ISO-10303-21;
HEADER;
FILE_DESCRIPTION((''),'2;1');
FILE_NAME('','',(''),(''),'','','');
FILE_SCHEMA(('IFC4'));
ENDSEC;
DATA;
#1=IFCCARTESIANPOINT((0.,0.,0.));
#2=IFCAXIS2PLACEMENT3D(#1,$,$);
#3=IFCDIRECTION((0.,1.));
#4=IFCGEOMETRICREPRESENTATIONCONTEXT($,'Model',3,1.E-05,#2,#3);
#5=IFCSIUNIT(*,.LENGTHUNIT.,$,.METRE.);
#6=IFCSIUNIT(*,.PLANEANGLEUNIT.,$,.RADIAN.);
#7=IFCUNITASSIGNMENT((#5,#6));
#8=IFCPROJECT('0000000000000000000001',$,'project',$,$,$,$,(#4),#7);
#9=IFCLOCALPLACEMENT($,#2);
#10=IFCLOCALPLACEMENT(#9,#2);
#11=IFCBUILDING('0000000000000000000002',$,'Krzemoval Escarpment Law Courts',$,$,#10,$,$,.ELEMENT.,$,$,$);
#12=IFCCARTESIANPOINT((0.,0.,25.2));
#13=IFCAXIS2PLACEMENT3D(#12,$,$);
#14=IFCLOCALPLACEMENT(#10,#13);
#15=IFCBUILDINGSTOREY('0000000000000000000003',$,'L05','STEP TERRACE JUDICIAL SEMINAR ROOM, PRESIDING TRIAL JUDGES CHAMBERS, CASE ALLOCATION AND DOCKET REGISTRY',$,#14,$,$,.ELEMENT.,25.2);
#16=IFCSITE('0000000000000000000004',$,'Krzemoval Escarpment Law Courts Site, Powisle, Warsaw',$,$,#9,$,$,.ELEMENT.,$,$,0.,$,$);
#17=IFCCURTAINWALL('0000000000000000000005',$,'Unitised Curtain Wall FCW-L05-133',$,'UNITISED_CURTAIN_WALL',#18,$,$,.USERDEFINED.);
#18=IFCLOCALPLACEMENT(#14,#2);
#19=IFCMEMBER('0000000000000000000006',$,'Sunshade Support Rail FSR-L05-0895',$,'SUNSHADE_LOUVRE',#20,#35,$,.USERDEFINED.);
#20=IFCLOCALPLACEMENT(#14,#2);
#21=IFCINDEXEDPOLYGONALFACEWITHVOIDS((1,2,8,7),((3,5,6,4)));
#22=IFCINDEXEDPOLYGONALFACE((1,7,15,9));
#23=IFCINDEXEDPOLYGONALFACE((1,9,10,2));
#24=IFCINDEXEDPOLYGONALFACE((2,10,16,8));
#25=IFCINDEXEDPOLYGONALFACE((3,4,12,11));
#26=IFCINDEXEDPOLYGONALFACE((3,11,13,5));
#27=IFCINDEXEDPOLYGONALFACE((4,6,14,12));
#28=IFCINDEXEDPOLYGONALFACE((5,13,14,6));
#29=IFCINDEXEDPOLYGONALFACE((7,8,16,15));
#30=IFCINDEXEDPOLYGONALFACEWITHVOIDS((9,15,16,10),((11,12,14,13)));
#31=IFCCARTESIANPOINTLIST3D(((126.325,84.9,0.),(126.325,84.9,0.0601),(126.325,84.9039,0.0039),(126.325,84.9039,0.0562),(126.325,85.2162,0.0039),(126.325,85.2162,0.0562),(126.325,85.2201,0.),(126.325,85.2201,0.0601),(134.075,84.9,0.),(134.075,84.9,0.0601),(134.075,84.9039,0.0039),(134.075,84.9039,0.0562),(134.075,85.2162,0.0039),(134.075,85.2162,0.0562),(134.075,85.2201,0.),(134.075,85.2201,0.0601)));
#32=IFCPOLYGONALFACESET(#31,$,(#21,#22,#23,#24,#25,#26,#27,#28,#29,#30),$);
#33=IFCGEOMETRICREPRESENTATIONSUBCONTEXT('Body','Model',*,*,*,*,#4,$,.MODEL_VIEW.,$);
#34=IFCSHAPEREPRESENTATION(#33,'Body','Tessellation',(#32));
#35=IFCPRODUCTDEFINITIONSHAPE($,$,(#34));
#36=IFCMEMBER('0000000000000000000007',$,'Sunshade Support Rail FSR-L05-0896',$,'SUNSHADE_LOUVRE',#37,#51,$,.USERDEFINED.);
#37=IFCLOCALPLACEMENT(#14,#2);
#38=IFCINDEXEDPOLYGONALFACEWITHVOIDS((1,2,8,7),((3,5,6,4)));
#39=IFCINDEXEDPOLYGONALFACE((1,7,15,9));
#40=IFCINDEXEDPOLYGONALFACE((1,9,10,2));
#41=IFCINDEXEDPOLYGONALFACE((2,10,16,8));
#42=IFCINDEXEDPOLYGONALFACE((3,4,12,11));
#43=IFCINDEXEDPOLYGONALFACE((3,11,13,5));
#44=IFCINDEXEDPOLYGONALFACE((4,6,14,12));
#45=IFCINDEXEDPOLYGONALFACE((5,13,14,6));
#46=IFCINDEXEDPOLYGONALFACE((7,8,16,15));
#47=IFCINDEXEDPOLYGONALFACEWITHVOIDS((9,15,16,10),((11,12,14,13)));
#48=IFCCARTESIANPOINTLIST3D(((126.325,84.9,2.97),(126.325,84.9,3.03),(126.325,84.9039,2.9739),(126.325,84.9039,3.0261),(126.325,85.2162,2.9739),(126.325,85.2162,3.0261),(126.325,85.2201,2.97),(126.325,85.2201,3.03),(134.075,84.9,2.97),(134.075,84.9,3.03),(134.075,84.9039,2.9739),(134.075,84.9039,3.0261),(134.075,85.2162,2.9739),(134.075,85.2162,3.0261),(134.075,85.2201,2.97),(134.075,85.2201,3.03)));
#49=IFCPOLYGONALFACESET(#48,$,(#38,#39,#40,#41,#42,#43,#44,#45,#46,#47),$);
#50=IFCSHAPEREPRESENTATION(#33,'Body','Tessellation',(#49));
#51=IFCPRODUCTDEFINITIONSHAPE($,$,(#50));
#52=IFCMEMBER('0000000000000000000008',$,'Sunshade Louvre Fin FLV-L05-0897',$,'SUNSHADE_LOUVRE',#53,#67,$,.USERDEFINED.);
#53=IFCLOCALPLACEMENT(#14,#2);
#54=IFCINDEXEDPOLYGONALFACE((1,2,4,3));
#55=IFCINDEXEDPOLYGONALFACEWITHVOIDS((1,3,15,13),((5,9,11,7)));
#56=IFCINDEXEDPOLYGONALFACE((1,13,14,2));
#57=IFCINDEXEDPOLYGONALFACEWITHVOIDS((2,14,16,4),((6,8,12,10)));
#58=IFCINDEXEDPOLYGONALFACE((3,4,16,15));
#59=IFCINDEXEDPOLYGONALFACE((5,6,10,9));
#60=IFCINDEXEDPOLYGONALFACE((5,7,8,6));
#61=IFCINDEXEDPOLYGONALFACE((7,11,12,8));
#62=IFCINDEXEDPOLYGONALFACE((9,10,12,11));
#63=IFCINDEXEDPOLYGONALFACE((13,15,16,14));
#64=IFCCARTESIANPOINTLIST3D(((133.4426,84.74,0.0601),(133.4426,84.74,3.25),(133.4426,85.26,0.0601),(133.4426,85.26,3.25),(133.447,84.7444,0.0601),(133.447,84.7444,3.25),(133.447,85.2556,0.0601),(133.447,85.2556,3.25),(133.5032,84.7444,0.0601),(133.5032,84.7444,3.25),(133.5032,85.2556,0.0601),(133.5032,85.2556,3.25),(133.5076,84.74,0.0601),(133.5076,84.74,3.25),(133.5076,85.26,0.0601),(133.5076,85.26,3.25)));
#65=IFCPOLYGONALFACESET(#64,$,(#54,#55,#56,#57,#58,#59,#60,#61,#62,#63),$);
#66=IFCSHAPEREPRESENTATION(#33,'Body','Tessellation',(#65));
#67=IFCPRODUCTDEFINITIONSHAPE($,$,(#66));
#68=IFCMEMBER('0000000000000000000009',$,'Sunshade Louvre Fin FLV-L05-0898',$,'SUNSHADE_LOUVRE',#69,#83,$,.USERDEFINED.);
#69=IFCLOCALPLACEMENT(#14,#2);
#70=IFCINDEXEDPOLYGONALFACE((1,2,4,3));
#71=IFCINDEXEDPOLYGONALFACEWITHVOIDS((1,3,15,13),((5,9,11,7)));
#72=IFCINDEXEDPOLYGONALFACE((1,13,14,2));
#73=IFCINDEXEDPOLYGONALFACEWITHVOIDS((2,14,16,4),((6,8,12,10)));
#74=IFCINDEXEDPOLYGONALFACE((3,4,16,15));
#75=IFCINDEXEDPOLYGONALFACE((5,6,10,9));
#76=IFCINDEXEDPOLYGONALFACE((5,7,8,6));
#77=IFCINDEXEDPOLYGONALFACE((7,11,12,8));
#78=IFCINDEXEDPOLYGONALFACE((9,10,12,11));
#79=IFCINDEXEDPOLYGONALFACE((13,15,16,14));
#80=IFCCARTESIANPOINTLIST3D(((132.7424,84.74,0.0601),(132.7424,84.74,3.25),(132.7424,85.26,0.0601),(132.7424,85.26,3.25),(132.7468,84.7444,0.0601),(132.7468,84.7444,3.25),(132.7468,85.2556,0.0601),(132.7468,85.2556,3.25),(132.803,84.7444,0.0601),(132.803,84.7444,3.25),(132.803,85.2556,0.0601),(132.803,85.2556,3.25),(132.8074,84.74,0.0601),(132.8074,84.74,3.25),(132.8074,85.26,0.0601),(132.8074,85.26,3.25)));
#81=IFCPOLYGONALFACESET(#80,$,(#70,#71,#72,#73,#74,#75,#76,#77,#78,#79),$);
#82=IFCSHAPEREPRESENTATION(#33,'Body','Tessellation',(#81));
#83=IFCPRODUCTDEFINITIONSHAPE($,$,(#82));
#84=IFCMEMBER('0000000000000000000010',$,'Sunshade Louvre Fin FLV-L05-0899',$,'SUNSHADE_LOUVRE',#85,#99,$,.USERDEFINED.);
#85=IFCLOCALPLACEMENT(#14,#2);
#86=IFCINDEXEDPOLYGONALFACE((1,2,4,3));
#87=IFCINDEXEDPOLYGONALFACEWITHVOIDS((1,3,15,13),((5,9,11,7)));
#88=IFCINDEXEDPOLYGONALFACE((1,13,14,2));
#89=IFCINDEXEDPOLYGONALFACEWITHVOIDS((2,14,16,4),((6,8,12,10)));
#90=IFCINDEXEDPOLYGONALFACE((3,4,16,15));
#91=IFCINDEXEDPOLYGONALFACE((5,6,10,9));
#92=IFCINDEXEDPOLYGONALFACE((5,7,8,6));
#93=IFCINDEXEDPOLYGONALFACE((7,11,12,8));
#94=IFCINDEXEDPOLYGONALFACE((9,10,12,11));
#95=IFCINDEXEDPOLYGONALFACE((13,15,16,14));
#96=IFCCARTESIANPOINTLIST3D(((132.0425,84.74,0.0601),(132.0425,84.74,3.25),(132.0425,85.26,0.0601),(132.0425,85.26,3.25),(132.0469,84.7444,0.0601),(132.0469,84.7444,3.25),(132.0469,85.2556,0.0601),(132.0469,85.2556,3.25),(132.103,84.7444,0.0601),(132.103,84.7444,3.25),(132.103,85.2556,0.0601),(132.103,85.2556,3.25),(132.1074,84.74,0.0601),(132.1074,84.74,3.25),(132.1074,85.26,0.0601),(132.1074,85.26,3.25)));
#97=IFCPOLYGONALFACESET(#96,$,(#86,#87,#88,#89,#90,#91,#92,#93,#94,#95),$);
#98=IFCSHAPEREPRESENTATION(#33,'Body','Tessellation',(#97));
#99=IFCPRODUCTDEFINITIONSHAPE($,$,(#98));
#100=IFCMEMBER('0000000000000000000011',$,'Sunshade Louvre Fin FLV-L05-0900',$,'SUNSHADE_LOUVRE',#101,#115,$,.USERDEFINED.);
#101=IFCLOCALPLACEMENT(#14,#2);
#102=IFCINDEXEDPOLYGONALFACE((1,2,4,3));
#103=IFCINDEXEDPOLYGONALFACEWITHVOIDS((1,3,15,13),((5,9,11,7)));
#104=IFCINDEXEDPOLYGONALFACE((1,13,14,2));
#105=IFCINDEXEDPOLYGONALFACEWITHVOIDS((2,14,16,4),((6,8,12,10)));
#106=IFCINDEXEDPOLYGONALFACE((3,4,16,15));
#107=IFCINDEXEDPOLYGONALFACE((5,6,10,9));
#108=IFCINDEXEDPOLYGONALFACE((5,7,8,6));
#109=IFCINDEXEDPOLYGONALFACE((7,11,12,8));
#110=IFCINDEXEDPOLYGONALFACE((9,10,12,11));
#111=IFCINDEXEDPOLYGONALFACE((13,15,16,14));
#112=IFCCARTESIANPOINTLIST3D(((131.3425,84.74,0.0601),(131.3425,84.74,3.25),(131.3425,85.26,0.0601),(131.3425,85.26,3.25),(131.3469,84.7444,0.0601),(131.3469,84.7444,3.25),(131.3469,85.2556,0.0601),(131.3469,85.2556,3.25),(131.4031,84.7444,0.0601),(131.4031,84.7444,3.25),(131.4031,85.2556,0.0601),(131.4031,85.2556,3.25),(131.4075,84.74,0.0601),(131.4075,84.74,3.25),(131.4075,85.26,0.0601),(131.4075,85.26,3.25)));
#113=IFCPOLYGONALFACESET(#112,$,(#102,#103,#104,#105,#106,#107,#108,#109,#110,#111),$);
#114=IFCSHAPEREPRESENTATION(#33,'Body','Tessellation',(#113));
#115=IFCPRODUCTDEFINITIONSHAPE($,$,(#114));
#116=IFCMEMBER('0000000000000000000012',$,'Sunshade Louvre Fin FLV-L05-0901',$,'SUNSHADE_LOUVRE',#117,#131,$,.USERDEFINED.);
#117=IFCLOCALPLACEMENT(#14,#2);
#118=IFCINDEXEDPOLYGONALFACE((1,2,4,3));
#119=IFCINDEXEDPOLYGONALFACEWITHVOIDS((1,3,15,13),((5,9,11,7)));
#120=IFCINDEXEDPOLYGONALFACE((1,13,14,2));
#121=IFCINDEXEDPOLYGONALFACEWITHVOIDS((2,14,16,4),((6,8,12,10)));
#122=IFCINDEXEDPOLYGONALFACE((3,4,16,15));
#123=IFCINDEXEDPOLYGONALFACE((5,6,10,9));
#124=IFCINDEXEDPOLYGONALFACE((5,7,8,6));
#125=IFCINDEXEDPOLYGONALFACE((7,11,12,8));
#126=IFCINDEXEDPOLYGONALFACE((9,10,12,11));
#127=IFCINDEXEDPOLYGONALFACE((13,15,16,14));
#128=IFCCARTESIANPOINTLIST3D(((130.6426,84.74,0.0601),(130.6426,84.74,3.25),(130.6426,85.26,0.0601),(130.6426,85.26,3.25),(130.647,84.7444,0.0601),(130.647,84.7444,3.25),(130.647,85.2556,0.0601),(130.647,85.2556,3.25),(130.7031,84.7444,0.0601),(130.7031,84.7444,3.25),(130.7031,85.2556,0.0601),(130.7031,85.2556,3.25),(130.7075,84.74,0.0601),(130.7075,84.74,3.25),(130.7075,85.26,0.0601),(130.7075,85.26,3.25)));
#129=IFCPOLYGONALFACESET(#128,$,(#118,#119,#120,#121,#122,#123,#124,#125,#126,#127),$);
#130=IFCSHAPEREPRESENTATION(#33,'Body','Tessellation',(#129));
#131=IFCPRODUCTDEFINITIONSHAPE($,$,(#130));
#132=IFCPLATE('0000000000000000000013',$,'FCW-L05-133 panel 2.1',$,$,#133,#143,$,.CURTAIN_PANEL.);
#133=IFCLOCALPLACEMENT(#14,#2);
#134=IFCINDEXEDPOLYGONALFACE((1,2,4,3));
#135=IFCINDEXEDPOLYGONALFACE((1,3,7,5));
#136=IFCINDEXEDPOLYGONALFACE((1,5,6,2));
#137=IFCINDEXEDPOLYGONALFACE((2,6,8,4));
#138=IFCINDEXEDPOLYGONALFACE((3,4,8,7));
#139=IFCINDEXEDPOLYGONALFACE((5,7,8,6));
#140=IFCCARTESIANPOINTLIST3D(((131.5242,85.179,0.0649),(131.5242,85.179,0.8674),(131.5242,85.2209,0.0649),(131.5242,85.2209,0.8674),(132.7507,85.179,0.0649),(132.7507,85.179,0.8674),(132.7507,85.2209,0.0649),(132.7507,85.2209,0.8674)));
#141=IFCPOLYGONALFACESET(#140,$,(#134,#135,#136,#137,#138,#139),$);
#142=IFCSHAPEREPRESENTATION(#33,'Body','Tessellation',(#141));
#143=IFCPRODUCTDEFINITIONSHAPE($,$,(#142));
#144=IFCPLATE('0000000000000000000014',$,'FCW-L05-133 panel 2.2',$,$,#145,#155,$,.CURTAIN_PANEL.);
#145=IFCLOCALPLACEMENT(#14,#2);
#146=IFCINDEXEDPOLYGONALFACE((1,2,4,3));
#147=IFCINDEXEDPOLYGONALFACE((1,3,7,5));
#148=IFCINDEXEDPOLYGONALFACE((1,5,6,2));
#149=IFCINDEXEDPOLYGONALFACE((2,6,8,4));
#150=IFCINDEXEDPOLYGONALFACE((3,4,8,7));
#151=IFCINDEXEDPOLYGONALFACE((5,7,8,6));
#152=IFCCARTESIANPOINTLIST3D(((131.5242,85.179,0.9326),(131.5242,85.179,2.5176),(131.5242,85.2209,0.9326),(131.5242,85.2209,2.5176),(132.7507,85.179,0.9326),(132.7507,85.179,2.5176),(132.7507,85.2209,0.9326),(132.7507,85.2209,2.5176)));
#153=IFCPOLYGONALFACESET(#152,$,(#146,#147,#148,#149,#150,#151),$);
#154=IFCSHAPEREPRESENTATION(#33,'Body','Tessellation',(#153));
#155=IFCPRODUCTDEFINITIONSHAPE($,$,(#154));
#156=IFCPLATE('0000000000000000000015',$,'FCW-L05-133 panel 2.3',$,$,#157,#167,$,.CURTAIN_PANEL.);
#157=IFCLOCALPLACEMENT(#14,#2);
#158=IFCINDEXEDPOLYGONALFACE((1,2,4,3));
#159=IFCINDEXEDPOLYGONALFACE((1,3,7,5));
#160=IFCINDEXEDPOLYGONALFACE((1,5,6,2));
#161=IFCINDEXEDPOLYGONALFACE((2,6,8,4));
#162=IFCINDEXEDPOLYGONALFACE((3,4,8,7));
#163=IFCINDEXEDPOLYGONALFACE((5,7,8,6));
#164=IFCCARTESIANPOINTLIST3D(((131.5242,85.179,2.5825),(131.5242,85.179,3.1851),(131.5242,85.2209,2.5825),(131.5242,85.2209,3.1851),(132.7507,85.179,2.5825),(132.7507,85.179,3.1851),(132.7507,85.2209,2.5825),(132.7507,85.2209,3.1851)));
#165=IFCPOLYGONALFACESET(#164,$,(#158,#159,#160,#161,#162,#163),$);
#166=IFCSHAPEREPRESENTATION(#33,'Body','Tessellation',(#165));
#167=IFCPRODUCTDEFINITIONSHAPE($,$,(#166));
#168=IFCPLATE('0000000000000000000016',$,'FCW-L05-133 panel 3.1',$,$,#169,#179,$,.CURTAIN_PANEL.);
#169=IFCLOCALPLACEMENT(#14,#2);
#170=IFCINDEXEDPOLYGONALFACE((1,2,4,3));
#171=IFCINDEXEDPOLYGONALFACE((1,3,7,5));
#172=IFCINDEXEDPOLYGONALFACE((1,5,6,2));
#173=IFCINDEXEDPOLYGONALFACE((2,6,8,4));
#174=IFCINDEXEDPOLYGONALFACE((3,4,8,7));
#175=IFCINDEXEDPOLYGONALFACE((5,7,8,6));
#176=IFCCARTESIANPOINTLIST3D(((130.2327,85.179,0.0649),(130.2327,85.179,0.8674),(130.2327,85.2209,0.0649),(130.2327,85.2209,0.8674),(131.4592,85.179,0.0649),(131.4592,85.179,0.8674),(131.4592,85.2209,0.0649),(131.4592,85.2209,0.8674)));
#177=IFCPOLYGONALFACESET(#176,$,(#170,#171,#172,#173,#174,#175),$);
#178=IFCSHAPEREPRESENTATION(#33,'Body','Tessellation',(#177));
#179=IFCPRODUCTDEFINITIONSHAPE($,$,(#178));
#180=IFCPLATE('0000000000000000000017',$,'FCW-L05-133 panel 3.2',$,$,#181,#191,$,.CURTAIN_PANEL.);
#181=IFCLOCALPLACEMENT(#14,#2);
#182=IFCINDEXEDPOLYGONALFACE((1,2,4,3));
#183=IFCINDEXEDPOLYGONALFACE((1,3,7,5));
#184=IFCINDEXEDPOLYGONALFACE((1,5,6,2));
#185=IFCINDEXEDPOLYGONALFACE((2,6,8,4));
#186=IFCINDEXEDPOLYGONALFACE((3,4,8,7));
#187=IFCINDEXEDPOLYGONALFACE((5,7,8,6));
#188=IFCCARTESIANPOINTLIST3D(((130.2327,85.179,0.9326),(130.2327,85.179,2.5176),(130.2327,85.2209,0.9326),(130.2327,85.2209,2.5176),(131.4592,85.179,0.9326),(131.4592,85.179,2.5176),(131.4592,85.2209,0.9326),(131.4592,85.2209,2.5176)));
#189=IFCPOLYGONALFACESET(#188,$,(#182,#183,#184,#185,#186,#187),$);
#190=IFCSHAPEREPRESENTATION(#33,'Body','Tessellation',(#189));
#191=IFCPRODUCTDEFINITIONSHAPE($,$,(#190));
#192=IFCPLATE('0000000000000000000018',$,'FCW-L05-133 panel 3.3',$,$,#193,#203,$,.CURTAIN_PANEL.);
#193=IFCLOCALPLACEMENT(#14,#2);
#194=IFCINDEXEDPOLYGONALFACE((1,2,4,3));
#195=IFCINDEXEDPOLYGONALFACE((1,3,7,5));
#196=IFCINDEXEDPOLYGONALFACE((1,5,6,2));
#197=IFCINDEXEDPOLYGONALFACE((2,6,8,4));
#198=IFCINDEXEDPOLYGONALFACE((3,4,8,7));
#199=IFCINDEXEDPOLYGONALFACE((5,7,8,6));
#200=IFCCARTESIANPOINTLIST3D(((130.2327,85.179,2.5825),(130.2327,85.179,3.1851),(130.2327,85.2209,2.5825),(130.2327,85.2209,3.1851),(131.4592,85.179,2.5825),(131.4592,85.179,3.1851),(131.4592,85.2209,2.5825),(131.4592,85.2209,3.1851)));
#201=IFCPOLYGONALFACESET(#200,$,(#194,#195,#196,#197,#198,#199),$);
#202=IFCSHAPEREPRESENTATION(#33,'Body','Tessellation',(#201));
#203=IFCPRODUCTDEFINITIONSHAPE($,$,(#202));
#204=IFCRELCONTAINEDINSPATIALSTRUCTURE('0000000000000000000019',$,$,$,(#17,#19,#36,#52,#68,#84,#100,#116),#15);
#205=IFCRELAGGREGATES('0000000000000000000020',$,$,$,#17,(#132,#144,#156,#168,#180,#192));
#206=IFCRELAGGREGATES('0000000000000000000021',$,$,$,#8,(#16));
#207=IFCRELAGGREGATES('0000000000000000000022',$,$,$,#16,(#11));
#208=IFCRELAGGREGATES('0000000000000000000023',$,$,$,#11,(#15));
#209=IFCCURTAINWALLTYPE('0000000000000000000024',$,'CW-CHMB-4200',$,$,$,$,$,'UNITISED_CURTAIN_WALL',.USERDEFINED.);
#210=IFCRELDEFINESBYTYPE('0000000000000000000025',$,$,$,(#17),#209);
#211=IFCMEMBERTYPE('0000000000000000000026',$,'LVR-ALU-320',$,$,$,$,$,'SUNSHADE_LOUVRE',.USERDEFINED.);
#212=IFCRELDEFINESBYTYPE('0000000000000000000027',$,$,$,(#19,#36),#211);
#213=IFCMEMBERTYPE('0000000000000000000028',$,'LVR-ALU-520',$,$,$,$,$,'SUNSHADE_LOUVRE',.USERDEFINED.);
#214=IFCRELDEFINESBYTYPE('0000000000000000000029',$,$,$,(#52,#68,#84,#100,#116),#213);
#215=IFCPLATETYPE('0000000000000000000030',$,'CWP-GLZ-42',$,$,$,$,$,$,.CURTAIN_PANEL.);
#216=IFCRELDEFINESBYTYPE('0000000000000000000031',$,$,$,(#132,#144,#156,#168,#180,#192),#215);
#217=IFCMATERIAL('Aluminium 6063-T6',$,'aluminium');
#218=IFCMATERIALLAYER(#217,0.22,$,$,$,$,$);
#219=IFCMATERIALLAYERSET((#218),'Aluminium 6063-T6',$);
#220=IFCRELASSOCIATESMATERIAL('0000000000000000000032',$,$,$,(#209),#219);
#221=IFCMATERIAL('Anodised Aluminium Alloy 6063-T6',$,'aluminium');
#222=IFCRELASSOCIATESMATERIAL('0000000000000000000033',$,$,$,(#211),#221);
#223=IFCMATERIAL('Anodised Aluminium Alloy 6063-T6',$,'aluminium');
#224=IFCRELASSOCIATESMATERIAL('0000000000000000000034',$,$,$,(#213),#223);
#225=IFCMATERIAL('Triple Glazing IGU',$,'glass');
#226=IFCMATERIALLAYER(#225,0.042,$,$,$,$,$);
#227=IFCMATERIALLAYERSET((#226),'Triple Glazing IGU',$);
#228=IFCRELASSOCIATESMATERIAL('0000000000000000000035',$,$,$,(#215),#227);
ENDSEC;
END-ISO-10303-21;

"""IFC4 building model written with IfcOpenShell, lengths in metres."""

from ifc_helpers import new_model, si_unit, direction, frame, origin, origin_2d, place, context, subcontext, project, spatial, rectangle, hollow_rectangle, extrude, material, layer, layer_set, material_profile, profile_set, type_object, element, aggregate, save


model = new_model("IFC4")

# Units and contexts
model_context = context("Model", 3, precision=1e-05, world=origin(), true_north=direction((0.0, 1.0)))
body_context = subcontext(model_context, "Body", "Model", "MODEL_VIEW")
ifc_project = project(units=[si_unit("LENGTHUNIT", "METRE"), si_unit("PLANEANGLEUNIT", "RADIAN")], contexts=[model_context])

# Site, building, storey
site_placement = place(None, origin())
site = spatial("IfcSite", under=ifc_project, at=site_placement, Name="Krzemoval Escarpment Law Courts Site, Powisle, Warsaw", CompositionType="ELEMENT", RefElevation=0.0)
building_placement = place(site_placement, origin())
building = spatial("IfcBuilding", under=site, at=building_placement, Name="Krzemoval Escarpment Law Courts", CompositionType="ELEMENT")
storey_placement = place(building_placement, frame((0.0, 0.0, 25.2)))
storey = spatial("IfcBuildingStorey", under=building, at=storey_placement, Name="L05", Description="STEP TERRACE JUDICIAL SEMINAR ROOM, PRESIDING TRIAL JUDGES CHAMBERS, CASE ALLOCATION AND DOCKET REGISTRY", CompositionType="ELEMENT", Elevation=25.2)

# Curtain wall
ifc_material_1 = material(Name="Aluminium 6063-T6", Category="aluminium")
ifc_layer_1 = layer(ifc_material_1, 0.22)
ifc_layer_set_1 = layer_set([ifc_layer_1], Name="Aluminium 6063-T6")
curtain_wall_type = type_object("IfcCurtainWallType", Name="CW-CHMB-4200", ElementType="UNITISED_CURTAIN_WALL", PredefinedType="USERDEFINED", material=ifc_layer_set_1)
curtain_wall_placement = place(storey_placement, origin())
curtain_wall = element("IfcCurtainWall", 1, at=curtain_wall_placement, inside=storey, type_object=curtain_wall_type, Name="Unitised Curtain Wall FCW-L05-133", ObjectType="UNITISED_CURTAIN_WALL", PredefinedType="USERDEFINED")

# Members
ifc_material_2 = material(Name="Anodised Aluminium Alloy 6063-T6", Category="aluminium")
ifc_material_profile_1 = material_profile(ifc_material_2, hollow_rectangle(XDim=0.0601, YDim=0.3201, WallThickness=0.0039, at=origin_2d()), Name="ALU LVR 60x320")
ifc_profile_set_1 = profile_set([ifc_material_profile_1], Name="Anodised Aluminium Alloy 6063-T6")
member_type_1 = type_object("IfcMemberType", Name="LVR-ALU-320", ElementType="SUNSHADE_LOUVRE", PredefinedType="USERDEFINED", material=ifc_profile_set_1)
for number, where, z_axis, x_axis, name in (
    (2, (134.075, 85.0601, 0.03), (-1.0, 0.0, 0.0), (0.0, 0.0, 1.0), "Sunshade Support Rail FSR-L05-0895"),
    (3, (134.075, 85.0601, 3.0), (-1.0, 0.0, 0.0), (0.0, 0.0, 1.0), "Sunshade Support Rail FSR-L05-0896"),
):
    element("IfcMember", number, at=place(storey_placement, frame(where, z_axis=z_axis, x_axis=x_axis)), inside=storey, type_object=member_type_1, Name=name, ObjectType="SUNSHADE_LOUVRE", PredefinedType="USERDEFINED", context=body_context, shape_type="SweptSolid", body=[
        extrude(hollow_rectangle(XDim=0.0601, YDim=0.3201, WallThickness=0.0039, at=origin_2d()), origin(), (0.0, 0.0, 1.0), 7.75),
    ])
ifc_material_3 = material(Name="Anodised Aluminium Alloy 6063-T6", Category="aluminium")
ifc_material_profile_2 = material_profile(ifc_material_3, hollow_rectangle(XDim=0.0649, YDim=0.52, WallThickness=0.0044, at=origin_2d()), Name="ALU LVR 65x520")
ifc_profile_set_2 = profile_set([ifc_material_profile_2], Name="Anodised Aluminium Alloy 6063-T6")
member_type_2 = type_object("IfcMemberType", Name="LVR-ALU-520", ElementType="SUNSHADE_LOUVRE", PredefinedType="USERDEFINED", material=ifc_profile_set_2)
for number, where, z_axis, x_axis, name in (
    (4, (133.4751, 85.0, 0.0601), (0.0, 0.0, 1.0), (1.0, 0.0, 0.0), "Sunshade Louvre Fin FLV-L05-0897"),
    (5, (132.7749, 85.0, 0.0601), (0.0, 0.0, 1.0), (1.0, 0.0, 0.0), "Sunshade Louvre Fin FLV-L05-0898"),
    (6, (132.075, 85.0, 0.0601), (0.0, 0.0, 1.0), (1.0, 0.0, 0.0), "Sunshade Louvre Fin FLV-L05-0899"),
    (7, (131.375, 85.0, 0.0601), (0.0, 0.0, 1.0), (1.0, 0.0, 0.0), "Sunshade Louvre Fin FLV-L05-0900"),
    (8, (130.675, 85.0, 0.0601), (0.0, 0.0, 1.0), (1.0, 0.0, 0.0), "Sunshade Louvre Fin FLV-L05-0901"),
):
    element("IfcMember", number, at=place(storey_placement, frame(where, z_axis=z_axis, x_axis=x_axis)), inside=storey, type_object=member_type_2, Name=name, ObjectType="SUNSHADE_LOUVRE", PredefinedType="USERDEFINED", context=body_context, shape_type="SweptSolid", body=[
        extrude(hollow_rectangle(XDim=0.0649, YDim=0.52, WallThickness=0.0044, at=origin_2d()), origin(), (0.0, 0.0, 1.0), 3.1899),
    ])

# Plates
ifc_material_4 = material(Name="Triple Glazing IGU", Category="glass")
ifc_layer_2 = layer(ifc_material_4, 0.042)
ifc_layer_set_2 = layer_set([ifc_layer_2], Name="Triple Glazing IGU")
plate_type = type_object("IfcPlateType", Name="CWP-GLZ-42", PredefinedType="CURTAIN_PANEL", material=ifc_layer_set_2)
plate_1_placement = place(storey_placement, frame((132.1375, 85.2, 0.0649), z_axis=(0.0, 0.0, 1.0), x_axis=(-1.0, 0.0, 0.0)))
plate_1 = element("IfcPlate", 9, at=plate_1_placement, type_object=plate_type, Name="FCW-L05-133 panel 2.1", PredefinedType="CURTAIN_PANEL", context=body_context, shape_type="SweptSolid", body=[
    extrude(rectangle(XDim=1.2266, YDim=0.042, at=origin_2d()), origin(), (0.0, 0.0, 1.0), 0.8025),
])
plate_2_placement = place(storey_placement, frame((132.1375, 85.2, 0.9326), z_axis=(0.0, 0.0, 1.0), x_axis=(-1.0, 0.0, 0.0)))
plate_2 = element("IfcPlate", 10, at=plate_2_placement, type_object=plate_type, Name="FCW-L05-133 panel 2.2", PredefinedType="CURTAIN_PANEL", context=body_context, shape_type="SweptSolid", body=[
    extrude(rectangle(XDim=1.2266, YDim=0.042, at=origin_2d()), origin(), (0.0, 0.0, 1.0), 1.585),
])
plate_3_placement = place(storey_placement, frame((132.1375, 85.2, 2.5825), z_axis=(0.0, 0.0, 1.0), x_axis=(-1.0, 0.0, 0.0)))
plate_3 = element("IfcPlate", 11, at=plate_3_placement, type_object=plate_type, Name="FCW-L05-133 panel 2.3", PredefinedType="CURTAIN_PANEL", context=body_context, shape_type="SweptSolid", body=[
    extrude(rectangle(XDim=1.2266, YDim=0.042, at=origin_2d()), origin(), (0.0, 0.0, 1.0), 0.6025),
])
plate_4_placement = place(storey_placement, frame((130.8459, 85.2, 0.0649), z_axis=(0.0, 0.0, 1.0), x_axis=(-1.0, 0.0, 0.0)))
plate_4 = element("IfcPlate", 12, at=plate_4_placement, type_object=plate_type, Name="FCW-L05-133 panel 3.1", PredefinedType="CURTAIN_PANEL", context=body_context, shape_type="SweptSolid", body=[
    extrude(rectangle(XDim=1.2266, YDim=0.042, at=origin_2d()), origin(), (0.0, 0.0, 1.0), 0.8025),
])
plate_5_placement = place(storey_placement, frame((130.8459, 85.2, 0.9326), z_axis=(0.0, 0.0, 1.0), x_axis=(-1.0, 0.0, 0.0)))
plate_5 = element("IfcPlate", 13, at=plate_5_placement, type_object=plate_type, Name="FCW-L05-133 panel 3.2", PredefinedType="CURTAIN_PANEL", context=body_context, shape_type="SweptSolid", body=[
    extrude(rectangle(XDim=1.2266, YDim=0.042, at=origin_2d()), origin(), (0.0, 0.0, 1.0), 1.585),
])
plate_6_placement = place(storey_placement, frame((130.8459, 85.2, 2.5825), z_axis=(0.0, 0.0, 1.0), x_axis=(-1.0, 0.0, 0.0)))
plate_6 = element("IfcPlate", 14, at=plate_6_placement, type_object=plate_type, Name="FCW-L05-133 panel 3.3", PredefinedType="CURTAIN_PANEL", context=body_context, shape_type="SweptSolid", body=[
    extrude(rectangle(XDim=1.2266, YDim=0.042, at=origin_2d()), origin(), (0.0, 0.0, 1.0), 0.6025),
])
aggregate(curtain_wall, [plate_1, plate_2, plate_3, plate_4, plate_5, plate_6])

save(model, "model.ifc")
